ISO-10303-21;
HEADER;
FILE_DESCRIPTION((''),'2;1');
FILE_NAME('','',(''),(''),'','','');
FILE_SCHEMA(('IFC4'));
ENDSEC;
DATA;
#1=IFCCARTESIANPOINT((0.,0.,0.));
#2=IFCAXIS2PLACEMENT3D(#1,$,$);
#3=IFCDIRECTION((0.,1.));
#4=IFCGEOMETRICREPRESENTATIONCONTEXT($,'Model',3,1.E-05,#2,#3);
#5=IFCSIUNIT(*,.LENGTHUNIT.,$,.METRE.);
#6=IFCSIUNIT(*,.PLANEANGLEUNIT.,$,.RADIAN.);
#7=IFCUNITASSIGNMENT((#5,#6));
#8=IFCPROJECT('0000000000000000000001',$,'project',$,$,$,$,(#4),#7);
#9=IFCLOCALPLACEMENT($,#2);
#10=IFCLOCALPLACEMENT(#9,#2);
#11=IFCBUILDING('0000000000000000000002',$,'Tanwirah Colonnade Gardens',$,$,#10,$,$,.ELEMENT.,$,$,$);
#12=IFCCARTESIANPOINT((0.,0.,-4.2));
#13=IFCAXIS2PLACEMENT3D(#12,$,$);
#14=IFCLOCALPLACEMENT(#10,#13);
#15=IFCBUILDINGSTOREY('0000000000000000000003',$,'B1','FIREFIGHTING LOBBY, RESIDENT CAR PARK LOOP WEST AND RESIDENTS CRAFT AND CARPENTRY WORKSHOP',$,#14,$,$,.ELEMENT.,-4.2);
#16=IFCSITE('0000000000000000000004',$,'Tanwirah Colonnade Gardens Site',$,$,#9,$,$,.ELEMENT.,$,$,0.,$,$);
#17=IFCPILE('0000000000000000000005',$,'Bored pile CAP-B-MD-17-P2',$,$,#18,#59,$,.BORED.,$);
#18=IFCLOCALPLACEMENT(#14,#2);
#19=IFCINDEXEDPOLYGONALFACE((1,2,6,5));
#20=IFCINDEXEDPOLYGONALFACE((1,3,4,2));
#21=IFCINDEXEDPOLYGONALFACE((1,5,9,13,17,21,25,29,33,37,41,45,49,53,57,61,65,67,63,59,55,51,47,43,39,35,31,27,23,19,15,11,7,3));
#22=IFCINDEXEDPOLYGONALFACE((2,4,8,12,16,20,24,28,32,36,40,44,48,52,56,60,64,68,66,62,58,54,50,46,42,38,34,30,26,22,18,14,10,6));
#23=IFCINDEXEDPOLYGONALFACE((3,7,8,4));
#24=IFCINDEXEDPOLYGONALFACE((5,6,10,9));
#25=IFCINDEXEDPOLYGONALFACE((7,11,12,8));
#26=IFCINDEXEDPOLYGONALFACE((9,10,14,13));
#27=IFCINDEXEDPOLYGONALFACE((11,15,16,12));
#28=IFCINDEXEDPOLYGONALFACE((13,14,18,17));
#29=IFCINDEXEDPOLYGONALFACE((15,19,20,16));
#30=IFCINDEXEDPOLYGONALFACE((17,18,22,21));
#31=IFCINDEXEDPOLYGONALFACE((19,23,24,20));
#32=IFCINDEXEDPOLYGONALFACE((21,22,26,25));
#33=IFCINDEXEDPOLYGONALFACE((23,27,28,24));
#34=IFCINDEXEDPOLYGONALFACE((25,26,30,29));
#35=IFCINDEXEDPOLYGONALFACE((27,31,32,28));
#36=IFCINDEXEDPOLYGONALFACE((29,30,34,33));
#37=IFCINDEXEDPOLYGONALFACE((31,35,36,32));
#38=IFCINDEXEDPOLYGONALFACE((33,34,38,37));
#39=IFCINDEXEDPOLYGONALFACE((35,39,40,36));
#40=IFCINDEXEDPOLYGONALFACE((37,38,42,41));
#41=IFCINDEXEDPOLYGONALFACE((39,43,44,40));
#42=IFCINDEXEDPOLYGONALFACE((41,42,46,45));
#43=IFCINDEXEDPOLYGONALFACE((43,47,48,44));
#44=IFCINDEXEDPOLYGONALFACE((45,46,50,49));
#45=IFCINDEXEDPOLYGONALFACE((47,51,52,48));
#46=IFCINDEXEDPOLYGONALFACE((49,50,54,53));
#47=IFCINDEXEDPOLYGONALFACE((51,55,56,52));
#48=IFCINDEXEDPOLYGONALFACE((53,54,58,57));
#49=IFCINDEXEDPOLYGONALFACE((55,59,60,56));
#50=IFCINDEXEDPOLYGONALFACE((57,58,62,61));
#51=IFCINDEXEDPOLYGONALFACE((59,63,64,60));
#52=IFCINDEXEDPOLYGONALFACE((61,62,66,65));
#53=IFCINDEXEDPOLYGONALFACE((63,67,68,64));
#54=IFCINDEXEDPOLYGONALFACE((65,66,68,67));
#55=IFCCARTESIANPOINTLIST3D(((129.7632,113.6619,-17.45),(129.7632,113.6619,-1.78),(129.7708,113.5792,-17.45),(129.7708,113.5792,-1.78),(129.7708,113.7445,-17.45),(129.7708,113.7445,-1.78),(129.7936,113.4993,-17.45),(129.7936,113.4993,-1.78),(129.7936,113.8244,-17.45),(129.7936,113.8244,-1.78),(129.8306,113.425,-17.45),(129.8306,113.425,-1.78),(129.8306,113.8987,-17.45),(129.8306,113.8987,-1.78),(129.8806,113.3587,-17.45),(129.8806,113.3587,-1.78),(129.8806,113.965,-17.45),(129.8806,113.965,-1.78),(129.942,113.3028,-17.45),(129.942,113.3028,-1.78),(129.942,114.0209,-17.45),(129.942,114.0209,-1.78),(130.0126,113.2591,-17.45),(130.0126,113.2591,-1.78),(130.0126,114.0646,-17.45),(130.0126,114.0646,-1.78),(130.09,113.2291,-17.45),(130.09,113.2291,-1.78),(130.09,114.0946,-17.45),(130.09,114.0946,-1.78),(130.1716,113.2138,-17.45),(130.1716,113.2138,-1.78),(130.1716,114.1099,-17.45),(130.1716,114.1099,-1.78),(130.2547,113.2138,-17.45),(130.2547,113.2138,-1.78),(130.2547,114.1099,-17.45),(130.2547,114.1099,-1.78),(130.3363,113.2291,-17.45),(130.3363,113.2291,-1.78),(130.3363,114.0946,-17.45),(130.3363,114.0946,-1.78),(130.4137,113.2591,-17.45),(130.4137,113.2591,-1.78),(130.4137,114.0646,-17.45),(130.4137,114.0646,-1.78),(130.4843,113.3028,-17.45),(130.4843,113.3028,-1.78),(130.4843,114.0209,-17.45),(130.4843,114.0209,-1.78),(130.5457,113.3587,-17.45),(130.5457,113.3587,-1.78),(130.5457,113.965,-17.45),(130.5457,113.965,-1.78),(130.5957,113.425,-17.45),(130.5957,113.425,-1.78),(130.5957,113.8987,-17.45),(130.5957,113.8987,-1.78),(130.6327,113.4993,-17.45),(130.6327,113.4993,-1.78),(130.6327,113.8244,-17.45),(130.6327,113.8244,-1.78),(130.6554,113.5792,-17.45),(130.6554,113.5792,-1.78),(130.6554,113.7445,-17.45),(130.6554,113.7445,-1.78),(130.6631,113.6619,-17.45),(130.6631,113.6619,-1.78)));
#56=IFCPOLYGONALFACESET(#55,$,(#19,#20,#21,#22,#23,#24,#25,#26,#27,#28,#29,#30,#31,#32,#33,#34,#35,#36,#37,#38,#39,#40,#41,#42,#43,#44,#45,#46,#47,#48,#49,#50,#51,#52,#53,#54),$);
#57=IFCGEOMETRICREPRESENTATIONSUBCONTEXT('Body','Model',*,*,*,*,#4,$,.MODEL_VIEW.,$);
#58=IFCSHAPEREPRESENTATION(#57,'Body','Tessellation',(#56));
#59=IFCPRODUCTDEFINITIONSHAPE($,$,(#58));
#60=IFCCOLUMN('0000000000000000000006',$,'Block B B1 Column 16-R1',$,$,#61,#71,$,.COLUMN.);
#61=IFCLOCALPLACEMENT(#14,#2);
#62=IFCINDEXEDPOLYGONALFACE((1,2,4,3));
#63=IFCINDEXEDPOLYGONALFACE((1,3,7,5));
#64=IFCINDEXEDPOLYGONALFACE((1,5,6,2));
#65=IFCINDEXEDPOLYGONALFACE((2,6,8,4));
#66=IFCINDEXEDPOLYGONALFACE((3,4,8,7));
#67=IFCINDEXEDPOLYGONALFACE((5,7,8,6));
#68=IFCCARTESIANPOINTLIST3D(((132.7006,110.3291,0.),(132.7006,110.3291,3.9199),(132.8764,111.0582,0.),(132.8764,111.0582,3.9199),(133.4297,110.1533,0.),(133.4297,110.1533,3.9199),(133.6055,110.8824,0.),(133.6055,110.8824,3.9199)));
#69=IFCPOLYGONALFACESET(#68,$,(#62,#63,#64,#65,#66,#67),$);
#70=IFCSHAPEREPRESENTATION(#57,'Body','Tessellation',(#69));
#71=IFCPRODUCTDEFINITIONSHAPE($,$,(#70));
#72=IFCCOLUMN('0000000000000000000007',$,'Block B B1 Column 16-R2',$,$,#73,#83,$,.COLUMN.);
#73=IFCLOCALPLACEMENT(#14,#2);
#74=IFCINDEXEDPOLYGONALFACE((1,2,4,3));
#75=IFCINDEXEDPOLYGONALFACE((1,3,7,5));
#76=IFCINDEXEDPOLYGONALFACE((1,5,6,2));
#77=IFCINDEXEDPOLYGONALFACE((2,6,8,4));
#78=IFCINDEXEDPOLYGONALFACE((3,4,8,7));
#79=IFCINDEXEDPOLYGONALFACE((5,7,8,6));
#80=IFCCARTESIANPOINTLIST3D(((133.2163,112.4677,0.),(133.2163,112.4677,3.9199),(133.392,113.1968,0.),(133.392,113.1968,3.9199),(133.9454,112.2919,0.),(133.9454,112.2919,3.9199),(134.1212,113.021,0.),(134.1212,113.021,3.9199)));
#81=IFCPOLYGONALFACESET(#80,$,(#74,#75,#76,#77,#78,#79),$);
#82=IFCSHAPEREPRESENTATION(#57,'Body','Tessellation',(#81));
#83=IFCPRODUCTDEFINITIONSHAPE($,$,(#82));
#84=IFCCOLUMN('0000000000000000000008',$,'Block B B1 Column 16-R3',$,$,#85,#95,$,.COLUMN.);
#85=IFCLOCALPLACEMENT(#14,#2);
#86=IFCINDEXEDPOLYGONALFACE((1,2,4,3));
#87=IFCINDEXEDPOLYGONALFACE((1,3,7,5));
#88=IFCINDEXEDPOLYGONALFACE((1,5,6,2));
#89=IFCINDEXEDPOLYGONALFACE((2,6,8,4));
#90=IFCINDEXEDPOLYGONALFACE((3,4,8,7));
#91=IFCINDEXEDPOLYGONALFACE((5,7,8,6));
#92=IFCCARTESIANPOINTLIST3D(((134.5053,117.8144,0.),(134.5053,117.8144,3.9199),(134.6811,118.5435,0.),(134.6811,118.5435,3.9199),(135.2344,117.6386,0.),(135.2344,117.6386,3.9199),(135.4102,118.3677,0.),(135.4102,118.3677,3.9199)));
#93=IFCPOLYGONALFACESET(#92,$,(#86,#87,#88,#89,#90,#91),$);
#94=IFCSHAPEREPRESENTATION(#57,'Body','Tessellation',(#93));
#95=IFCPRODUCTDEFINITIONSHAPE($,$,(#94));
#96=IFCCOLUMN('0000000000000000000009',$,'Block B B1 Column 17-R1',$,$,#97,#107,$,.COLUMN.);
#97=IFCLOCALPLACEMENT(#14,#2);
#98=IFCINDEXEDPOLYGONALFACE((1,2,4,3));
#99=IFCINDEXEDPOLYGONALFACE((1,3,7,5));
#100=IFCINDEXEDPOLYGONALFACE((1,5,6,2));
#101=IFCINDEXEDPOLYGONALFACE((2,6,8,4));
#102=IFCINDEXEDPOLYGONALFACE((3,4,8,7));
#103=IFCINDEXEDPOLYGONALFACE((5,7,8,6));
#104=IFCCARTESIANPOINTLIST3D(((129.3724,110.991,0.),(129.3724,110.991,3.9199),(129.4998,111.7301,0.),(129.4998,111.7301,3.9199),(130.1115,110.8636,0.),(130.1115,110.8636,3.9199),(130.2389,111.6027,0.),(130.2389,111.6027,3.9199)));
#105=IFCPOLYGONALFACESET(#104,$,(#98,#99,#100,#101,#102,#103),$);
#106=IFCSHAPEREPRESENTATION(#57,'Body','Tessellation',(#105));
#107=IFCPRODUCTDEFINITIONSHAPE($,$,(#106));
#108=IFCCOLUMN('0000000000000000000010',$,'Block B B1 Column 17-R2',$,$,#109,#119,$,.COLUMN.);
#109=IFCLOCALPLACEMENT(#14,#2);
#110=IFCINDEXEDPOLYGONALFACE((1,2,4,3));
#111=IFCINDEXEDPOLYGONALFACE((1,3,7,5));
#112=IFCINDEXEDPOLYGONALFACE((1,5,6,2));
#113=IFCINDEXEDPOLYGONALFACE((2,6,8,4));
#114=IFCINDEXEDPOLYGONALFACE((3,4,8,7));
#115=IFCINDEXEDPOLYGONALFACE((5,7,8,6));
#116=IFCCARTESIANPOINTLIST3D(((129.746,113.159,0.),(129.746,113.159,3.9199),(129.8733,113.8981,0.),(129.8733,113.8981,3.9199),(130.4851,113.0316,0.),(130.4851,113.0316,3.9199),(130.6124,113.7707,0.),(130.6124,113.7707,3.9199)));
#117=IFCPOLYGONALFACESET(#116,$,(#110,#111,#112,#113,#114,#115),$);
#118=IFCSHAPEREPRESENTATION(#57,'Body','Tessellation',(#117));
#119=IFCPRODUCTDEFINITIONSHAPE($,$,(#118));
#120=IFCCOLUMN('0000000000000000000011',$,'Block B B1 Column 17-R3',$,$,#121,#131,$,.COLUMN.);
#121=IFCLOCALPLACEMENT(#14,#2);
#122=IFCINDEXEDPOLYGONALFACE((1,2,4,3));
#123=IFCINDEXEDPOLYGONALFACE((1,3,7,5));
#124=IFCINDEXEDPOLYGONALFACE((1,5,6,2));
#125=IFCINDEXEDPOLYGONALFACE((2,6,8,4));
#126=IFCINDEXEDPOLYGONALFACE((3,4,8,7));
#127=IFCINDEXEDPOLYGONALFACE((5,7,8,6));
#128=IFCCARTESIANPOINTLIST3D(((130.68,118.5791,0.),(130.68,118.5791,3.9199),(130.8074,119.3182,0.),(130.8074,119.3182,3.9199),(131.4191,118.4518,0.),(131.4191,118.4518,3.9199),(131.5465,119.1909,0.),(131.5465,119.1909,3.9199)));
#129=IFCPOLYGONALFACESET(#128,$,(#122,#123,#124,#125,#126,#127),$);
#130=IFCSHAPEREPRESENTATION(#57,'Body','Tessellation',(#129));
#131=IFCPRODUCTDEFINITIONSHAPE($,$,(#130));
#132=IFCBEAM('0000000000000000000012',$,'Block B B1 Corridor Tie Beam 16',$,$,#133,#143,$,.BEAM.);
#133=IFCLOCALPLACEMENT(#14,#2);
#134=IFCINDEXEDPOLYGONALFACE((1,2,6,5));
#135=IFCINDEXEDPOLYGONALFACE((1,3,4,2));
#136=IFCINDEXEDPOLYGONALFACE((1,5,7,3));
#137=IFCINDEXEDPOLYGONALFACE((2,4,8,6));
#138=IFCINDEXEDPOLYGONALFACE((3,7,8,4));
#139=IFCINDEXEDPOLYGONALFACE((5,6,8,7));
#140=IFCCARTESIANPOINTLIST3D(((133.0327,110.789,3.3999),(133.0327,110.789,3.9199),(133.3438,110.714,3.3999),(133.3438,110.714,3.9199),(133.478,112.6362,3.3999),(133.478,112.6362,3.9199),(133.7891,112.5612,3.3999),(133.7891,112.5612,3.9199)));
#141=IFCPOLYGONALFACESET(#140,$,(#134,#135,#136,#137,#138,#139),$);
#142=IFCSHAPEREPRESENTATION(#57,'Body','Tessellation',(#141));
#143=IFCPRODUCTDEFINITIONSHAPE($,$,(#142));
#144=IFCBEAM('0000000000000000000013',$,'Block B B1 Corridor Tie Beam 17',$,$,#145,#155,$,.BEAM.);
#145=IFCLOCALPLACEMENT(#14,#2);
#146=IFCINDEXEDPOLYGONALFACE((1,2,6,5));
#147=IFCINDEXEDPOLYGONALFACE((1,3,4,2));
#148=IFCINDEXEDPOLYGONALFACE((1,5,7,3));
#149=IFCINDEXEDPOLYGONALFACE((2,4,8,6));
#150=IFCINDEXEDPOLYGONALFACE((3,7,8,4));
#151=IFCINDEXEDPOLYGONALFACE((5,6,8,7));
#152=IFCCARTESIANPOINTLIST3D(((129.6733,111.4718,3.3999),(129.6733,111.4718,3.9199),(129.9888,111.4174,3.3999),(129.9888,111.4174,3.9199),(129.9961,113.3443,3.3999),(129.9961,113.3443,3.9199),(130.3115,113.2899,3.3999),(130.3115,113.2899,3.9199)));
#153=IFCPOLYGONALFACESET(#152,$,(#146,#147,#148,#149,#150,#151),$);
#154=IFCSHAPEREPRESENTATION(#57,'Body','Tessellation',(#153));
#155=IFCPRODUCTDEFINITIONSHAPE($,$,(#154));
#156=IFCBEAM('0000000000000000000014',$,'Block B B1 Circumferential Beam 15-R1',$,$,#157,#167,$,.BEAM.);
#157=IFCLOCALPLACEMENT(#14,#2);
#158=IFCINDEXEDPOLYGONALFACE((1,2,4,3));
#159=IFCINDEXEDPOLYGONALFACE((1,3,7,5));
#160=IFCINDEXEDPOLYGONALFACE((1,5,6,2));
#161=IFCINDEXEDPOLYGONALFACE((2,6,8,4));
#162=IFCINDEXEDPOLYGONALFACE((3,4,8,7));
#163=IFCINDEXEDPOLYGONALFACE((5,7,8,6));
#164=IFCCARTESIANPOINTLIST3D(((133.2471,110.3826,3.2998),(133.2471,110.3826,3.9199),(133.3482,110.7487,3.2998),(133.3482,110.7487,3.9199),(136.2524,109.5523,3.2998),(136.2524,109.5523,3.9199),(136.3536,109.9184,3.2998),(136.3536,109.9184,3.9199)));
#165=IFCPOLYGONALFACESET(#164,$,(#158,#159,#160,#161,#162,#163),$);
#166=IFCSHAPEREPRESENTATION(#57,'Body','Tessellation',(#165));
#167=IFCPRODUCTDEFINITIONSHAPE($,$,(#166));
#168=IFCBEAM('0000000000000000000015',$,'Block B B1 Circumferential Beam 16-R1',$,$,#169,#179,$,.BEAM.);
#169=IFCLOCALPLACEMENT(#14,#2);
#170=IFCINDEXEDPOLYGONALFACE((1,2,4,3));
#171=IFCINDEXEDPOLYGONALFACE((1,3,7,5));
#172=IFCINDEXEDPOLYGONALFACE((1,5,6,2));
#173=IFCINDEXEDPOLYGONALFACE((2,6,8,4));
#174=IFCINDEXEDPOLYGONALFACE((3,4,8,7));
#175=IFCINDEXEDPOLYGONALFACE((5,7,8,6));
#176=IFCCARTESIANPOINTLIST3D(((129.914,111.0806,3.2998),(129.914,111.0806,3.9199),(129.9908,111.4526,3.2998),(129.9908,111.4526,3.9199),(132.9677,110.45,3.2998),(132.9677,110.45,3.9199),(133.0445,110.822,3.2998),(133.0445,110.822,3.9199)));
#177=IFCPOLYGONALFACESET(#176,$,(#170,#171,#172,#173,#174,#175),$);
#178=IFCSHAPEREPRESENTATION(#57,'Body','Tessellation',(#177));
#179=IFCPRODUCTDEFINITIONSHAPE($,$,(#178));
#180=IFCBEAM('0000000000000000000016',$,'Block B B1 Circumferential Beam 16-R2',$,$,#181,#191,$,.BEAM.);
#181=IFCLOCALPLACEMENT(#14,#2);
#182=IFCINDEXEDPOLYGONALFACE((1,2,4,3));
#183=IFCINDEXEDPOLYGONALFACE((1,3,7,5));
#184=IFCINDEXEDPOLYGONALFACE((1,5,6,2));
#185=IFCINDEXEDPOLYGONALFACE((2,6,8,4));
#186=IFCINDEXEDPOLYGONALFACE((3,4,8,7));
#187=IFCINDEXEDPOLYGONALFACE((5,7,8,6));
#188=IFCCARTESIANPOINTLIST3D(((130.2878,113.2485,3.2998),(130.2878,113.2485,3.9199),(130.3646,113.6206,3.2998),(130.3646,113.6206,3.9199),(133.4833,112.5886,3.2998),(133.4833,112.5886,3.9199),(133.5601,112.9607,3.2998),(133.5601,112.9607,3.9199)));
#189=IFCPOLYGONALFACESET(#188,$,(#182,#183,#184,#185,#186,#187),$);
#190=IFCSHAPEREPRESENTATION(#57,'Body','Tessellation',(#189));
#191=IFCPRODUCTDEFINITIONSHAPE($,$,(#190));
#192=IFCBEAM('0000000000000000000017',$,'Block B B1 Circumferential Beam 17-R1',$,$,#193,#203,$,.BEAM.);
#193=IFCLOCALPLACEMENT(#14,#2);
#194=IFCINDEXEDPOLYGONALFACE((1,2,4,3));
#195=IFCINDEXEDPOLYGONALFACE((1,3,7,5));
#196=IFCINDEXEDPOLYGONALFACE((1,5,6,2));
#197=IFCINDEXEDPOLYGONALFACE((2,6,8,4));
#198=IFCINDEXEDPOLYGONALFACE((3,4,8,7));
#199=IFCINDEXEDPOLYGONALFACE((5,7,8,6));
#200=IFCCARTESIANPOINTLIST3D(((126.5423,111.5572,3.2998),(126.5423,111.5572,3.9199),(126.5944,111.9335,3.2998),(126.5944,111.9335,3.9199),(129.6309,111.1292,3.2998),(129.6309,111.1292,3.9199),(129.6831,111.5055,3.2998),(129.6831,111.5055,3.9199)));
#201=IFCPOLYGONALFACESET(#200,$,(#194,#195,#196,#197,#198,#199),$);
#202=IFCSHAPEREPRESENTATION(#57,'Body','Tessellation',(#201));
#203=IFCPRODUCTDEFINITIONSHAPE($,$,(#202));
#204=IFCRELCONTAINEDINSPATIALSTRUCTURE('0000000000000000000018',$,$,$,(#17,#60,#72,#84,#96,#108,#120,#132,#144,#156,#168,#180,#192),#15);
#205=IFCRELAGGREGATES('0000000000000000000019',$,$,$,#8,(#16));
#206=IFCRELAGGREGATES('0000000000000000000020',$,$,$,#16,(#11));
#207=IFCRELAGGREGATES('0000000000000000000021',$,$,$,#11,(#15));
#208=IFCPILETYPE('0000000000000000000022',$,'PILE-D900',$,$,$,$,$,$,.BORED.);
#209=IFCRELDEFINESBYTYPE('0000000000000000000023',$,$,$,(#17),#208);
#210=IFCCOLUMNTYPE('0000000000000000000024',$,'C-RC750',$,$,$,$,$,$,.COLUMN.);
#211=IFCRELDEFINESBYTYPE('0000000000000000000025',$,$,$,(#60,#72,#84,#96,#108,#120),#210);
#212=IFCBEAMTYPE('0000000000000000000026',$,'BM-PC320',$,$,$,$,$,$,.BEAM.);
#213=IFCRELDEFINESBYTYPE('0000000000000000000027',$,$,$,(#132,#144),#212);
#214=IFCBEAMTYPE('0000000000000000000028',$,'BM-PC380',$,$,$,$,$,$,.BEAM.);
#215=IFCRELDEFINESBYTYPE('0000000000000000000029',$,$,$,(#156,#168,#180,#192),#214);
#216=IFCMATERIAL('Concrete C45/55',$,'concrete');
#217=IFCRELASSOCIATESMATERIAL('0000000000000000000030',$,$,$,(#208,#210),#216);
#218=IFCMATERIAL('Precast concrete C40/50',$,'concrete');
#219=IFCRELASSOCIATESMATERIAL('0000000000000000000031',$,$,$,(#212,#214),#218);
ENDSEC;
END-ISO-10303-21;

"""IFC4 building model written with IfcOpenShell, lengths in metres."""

from ifc_helpers import new_model, si_unit, direction, frame, origin, origin_2d, place, context, subcontext, project, spatial, rectangle, circle, extrude, material, material_profile, profile_set, type_object, element, save


model = new_model("IFC4")

# Units and contexts
model_context = context("Model", 3, precision=1e-05, world=origin(), true_north=direction((0.0, 1.0)))
body_context = subcontext(model_context, "Body", "Model", "MODEL_VIEW")
ifc_project = project(units=[si_unit("LENGTHUNIT", "METRE"), si_unit("PLANEANGLEUNIT", "RADIAN")], contexts=[model_context])

# Site, building, storey
site_placement = place(None, origin())
site = spatial("IfcSite", under=ifc_project, at=site_placement, Name="Tanwirah Colonnade Gardens Site", CompositionType="ELEMENT", RefElevation=0.0)
building_placement = place(site_placement, origin())
building = spatial("IfcBuilding", under=site, at=building_placement, Name="Tanwirah Colonnade Gardens", CompositionType="ELEMENT")
storey_placement = place(building_placement, frame((0.0, 0.0, -4.2)))
storey = spatial("IfcBuildingStorey", under=building, at=storey_placement, Name="B1", Description="FIREFIGHTING LOBBY, RESIDENT CAR PARK LOOP WEST AND RESIDENTS CRAFT AND CARPENTRY WORKSHOP", CompositionType="ELEMENT", Elevation=-4.2)

# Shared definitions
ifc_material_1 = material(Name="Concrete C45/55", Category="concrete")

# Pile
ifc_material_profile_1 = material_profile(ifc_material_1, circle(Radius=0.45, at=origin_2d()), Name="PILE D900")
ifc_profile_set_1 = profile_set([ifc_material_profile_1], Name="Concrete C45/55")
pile_type_1 = type_object("IfcPileType", Name="PILE-D900", PredefinedType="BORED", material=ifc_profile_set_1)
for number, where, z_axis, x_axis, name in (
    (1, (130.2131, 113.6619, -1.78), (0.0, 0.0, -1.0), (1.0, 0.0, 0.0), "Bored pile CAP-B-MD-17-P2"),
):
    element("IfcPile", number, at=place(storey_placement, frame(where, z_axis=z_axis, x_axis=x_axis)), inside=storey, type_object=pile_type_1, Name=name, PredefinedType="BORED", context=body_context, shape_type="SweptSolid", body=[
        extrude(circle(Radius=0.45, at=origin_2d()), origin(), (0.0, 0.0, 1.0), 15.6699),
    ])

# Columns
ifc_material_profile_2 = material_profile(ifc_material_1, rectangle(XDim=0.75, YDim=0.75, at=origin_2d()), Name="RC-COL 750x750")
ifc_profile_set_2 = profile_set([ifc_material_profile_2], Name="Concrete C45/55")
column_type = type_object("IfcColumnType", Name="C-RC750", PredefinedType="COLUMN", material=ifc_profile_set_2)
for number, where, z_axis, x_axis, name in (
    (2, (133.1531, 110.6057, 0.0), (0.0, 0.0, 1.0), (0.234388, 0.972143, 0.0), "Block B B1 Column 16-R1"),
    (3, (133.6687, 112.7444, 0.0), (0.0, 0.0, 1.0), (0.234388, 0.972143, 0.0), "Block B B1 Column 16-R2"),
    (4, (134.9578, 118.0911, 0.0), (0.0, 0.0, 1.0), (0.234388, 0.972143, 0.0), "Block B B1 Column 16-R3"),
    (5, (129.8057, 111.2969, 0.0), (0.0, 0.0, 1.0), (0.169827, 0.985474, 0.0), "Block B B1 Column 17-R1"),
    (6, (130.1792, 113.4648, 0.0), (0.0, 0.0, 1.0), (0.169827, 0.985474, 0.0), "Block B B1 Column 17-R2"),
    (7, (131.1133, 118.885, 0.0), (0.0, 0.0, 1.0), (0.169827, 0.985474, 0.0), "Block B B1 Column 17-R3"),
):
    element("IfcColumn", number, at=place(storey_placement, frame(where, z_axis=z_axis, x_axis=x_axis)), inside=storey, type_object=column_type, Name=name, PredefinedType="COLUMN", context=body_context, shape_type="SweptSolid", body=[
        extrude(rectangle(XDim=0.75, YDim=0.75, at=origin_2d()), origin(), (0.0, 0.0, 1.0), 3.9199),
    ])

# Beams
ifc_material_2 = material(Name="Precast concrete C40/50", Category="concrete")
ifc_material_profile_3 = material_profile(ifc_material_2, rectangle(XDim=0.3201, YDim=0.52, at=origin_2d()), Name="PC-BM 320x520")
ifc_profile_set_3 = profile_set([ifc_material_profile_3], Name="Precast concrete C40/50")
beam_type_1 = type_object("IfcBeamType", Name="BM-PC320", PredefinedType="BEAM", material=ifc_profile_set_3)
for number, where, z_axis, x_axis, name in (
    (8, (133.1882, 110.7515, 3.6599), (0.234364, 0.972149, 0.0), (-0.972149, 0.234364, 0.0), "Block B B1 Corridor Tie Beam 16"),
    (9, (129.8311, 111.4446, 3.6599), (0.169855, 0.985469, 0.0), (-0.985469, 0.169855, 0.0), "Block B B1 Corridor Tie Beam 17"),
):
    element("IfcBeam", number, at=place(storey_placement, frame(where, z_axis=z_axis, x_axis=x_axis)), inside=storey, type_object=beam_type_1, Name=name, PredefinedType="BEAM", context=body_context, shape_type="SweptSolid", body=[
        extrude(rectangle(XDim=0.3201, YDim=0.52, at=origin_2d()), origin(), (0.0, 0.0, 1.0), 1.9001),
    ])
ifc_material_profile_4 = material_profile(ifc_material_2, rectangle(XDim=0.3799, YDim=0.6201, at=origin_2d()), Name="PC-BM 380x620")
ifc_profile_set_4 = profile_set([ifc_material_profile_4], Name="Precast concrete C40/50")
beam_type_2 = type_object("IfcBeamType", Name="BM-PC380", PredefinedType="BEAM", material=ifc_profile_set_4)
beam_1_placement = place(storey_placement, frame((136.303, 109.7354, 3.6099), z_axis=(-0.963889, 0.266303, 0.0), x_axis=(-0.266303, -0.963889, 0.0)))
element("IfcBeam", 10, at=beam_1_placement, inside=storey, type_object=beam_type_2, Name="Block B B1 Circumferential Beam 15-R1", PredefinedType="BEAM", context=body_context, shape_type="SweptSolid", body=[
    extrude(rectangle(XDim=0.3799, YDim=0.6201, at=origin_2d()), origin(), (0.0, 0.0, 1.0), 3.1179),
])
beam_2_placement = place(storey_placement, frame((133.0061, 110.636, 3.6099), z_axis=(-0.979336, 0.202241, 0.0), x_axis=(-0.202241, -0.979336, 0.0)))
element("IfcBeam", 11, at=beam_2_placement, inside=storey, type_object=beam_type_2, Name="Block B B1 Circumferential Beam 16-R1", PredefinedType="BEAM", context=body_context, shape_type="SweptSolid", body=[
    extrude(rectangle(XDim=0.3799, YDim=0.6201, at=origin_2d()), origin(), (0.0, 0.0, 1.0), 3.1182),
])
beam_3_placement = place(storey_placement, frame((133.5217, 112.7747, 3.6099), z_axis=(-0.979336, 0.202242, 0.0), x_axis=(-0.202242, -0.979336, 0.0)))
element("IfcBeam", 12, at=beam_3_placement, inside=storey, type_object=beam_type_2, Name="Block B B1 Circumferential Beam 16-R2", PredefinedType="BEAM", context=body_context, shape_type="SweptSolid", body=[
    extrude(rectangle(XDim=0.3799, YDim=0.6201, at=origin_2d()), origin(), (0.0, 0.0, 1.0), 3.2629),
])
beam_4_placement = place(storey_placement, frame((129.657, 111.3174, 3.6099), z_axis=(-0.990536, 0.137255, 0.0), x_axis=(-0.137255, -0.990536, 0.0)))
element("IfcBeam", 13, at=beam_4_placement, inside=storey, type_object=beam_type_2, Name="Block B B1 Circumferential Beam 17-R1", PredefinedType="BEAM", context=body_context, shape_type="SweptSolid", body=[
    extrude(rectangle(XDim=0.3799, YDim=0.6201, at=origin_2d()), origin(), (0.0, 0.0, 1.0), 3.1182),
])

save(model, "model.ifc")
